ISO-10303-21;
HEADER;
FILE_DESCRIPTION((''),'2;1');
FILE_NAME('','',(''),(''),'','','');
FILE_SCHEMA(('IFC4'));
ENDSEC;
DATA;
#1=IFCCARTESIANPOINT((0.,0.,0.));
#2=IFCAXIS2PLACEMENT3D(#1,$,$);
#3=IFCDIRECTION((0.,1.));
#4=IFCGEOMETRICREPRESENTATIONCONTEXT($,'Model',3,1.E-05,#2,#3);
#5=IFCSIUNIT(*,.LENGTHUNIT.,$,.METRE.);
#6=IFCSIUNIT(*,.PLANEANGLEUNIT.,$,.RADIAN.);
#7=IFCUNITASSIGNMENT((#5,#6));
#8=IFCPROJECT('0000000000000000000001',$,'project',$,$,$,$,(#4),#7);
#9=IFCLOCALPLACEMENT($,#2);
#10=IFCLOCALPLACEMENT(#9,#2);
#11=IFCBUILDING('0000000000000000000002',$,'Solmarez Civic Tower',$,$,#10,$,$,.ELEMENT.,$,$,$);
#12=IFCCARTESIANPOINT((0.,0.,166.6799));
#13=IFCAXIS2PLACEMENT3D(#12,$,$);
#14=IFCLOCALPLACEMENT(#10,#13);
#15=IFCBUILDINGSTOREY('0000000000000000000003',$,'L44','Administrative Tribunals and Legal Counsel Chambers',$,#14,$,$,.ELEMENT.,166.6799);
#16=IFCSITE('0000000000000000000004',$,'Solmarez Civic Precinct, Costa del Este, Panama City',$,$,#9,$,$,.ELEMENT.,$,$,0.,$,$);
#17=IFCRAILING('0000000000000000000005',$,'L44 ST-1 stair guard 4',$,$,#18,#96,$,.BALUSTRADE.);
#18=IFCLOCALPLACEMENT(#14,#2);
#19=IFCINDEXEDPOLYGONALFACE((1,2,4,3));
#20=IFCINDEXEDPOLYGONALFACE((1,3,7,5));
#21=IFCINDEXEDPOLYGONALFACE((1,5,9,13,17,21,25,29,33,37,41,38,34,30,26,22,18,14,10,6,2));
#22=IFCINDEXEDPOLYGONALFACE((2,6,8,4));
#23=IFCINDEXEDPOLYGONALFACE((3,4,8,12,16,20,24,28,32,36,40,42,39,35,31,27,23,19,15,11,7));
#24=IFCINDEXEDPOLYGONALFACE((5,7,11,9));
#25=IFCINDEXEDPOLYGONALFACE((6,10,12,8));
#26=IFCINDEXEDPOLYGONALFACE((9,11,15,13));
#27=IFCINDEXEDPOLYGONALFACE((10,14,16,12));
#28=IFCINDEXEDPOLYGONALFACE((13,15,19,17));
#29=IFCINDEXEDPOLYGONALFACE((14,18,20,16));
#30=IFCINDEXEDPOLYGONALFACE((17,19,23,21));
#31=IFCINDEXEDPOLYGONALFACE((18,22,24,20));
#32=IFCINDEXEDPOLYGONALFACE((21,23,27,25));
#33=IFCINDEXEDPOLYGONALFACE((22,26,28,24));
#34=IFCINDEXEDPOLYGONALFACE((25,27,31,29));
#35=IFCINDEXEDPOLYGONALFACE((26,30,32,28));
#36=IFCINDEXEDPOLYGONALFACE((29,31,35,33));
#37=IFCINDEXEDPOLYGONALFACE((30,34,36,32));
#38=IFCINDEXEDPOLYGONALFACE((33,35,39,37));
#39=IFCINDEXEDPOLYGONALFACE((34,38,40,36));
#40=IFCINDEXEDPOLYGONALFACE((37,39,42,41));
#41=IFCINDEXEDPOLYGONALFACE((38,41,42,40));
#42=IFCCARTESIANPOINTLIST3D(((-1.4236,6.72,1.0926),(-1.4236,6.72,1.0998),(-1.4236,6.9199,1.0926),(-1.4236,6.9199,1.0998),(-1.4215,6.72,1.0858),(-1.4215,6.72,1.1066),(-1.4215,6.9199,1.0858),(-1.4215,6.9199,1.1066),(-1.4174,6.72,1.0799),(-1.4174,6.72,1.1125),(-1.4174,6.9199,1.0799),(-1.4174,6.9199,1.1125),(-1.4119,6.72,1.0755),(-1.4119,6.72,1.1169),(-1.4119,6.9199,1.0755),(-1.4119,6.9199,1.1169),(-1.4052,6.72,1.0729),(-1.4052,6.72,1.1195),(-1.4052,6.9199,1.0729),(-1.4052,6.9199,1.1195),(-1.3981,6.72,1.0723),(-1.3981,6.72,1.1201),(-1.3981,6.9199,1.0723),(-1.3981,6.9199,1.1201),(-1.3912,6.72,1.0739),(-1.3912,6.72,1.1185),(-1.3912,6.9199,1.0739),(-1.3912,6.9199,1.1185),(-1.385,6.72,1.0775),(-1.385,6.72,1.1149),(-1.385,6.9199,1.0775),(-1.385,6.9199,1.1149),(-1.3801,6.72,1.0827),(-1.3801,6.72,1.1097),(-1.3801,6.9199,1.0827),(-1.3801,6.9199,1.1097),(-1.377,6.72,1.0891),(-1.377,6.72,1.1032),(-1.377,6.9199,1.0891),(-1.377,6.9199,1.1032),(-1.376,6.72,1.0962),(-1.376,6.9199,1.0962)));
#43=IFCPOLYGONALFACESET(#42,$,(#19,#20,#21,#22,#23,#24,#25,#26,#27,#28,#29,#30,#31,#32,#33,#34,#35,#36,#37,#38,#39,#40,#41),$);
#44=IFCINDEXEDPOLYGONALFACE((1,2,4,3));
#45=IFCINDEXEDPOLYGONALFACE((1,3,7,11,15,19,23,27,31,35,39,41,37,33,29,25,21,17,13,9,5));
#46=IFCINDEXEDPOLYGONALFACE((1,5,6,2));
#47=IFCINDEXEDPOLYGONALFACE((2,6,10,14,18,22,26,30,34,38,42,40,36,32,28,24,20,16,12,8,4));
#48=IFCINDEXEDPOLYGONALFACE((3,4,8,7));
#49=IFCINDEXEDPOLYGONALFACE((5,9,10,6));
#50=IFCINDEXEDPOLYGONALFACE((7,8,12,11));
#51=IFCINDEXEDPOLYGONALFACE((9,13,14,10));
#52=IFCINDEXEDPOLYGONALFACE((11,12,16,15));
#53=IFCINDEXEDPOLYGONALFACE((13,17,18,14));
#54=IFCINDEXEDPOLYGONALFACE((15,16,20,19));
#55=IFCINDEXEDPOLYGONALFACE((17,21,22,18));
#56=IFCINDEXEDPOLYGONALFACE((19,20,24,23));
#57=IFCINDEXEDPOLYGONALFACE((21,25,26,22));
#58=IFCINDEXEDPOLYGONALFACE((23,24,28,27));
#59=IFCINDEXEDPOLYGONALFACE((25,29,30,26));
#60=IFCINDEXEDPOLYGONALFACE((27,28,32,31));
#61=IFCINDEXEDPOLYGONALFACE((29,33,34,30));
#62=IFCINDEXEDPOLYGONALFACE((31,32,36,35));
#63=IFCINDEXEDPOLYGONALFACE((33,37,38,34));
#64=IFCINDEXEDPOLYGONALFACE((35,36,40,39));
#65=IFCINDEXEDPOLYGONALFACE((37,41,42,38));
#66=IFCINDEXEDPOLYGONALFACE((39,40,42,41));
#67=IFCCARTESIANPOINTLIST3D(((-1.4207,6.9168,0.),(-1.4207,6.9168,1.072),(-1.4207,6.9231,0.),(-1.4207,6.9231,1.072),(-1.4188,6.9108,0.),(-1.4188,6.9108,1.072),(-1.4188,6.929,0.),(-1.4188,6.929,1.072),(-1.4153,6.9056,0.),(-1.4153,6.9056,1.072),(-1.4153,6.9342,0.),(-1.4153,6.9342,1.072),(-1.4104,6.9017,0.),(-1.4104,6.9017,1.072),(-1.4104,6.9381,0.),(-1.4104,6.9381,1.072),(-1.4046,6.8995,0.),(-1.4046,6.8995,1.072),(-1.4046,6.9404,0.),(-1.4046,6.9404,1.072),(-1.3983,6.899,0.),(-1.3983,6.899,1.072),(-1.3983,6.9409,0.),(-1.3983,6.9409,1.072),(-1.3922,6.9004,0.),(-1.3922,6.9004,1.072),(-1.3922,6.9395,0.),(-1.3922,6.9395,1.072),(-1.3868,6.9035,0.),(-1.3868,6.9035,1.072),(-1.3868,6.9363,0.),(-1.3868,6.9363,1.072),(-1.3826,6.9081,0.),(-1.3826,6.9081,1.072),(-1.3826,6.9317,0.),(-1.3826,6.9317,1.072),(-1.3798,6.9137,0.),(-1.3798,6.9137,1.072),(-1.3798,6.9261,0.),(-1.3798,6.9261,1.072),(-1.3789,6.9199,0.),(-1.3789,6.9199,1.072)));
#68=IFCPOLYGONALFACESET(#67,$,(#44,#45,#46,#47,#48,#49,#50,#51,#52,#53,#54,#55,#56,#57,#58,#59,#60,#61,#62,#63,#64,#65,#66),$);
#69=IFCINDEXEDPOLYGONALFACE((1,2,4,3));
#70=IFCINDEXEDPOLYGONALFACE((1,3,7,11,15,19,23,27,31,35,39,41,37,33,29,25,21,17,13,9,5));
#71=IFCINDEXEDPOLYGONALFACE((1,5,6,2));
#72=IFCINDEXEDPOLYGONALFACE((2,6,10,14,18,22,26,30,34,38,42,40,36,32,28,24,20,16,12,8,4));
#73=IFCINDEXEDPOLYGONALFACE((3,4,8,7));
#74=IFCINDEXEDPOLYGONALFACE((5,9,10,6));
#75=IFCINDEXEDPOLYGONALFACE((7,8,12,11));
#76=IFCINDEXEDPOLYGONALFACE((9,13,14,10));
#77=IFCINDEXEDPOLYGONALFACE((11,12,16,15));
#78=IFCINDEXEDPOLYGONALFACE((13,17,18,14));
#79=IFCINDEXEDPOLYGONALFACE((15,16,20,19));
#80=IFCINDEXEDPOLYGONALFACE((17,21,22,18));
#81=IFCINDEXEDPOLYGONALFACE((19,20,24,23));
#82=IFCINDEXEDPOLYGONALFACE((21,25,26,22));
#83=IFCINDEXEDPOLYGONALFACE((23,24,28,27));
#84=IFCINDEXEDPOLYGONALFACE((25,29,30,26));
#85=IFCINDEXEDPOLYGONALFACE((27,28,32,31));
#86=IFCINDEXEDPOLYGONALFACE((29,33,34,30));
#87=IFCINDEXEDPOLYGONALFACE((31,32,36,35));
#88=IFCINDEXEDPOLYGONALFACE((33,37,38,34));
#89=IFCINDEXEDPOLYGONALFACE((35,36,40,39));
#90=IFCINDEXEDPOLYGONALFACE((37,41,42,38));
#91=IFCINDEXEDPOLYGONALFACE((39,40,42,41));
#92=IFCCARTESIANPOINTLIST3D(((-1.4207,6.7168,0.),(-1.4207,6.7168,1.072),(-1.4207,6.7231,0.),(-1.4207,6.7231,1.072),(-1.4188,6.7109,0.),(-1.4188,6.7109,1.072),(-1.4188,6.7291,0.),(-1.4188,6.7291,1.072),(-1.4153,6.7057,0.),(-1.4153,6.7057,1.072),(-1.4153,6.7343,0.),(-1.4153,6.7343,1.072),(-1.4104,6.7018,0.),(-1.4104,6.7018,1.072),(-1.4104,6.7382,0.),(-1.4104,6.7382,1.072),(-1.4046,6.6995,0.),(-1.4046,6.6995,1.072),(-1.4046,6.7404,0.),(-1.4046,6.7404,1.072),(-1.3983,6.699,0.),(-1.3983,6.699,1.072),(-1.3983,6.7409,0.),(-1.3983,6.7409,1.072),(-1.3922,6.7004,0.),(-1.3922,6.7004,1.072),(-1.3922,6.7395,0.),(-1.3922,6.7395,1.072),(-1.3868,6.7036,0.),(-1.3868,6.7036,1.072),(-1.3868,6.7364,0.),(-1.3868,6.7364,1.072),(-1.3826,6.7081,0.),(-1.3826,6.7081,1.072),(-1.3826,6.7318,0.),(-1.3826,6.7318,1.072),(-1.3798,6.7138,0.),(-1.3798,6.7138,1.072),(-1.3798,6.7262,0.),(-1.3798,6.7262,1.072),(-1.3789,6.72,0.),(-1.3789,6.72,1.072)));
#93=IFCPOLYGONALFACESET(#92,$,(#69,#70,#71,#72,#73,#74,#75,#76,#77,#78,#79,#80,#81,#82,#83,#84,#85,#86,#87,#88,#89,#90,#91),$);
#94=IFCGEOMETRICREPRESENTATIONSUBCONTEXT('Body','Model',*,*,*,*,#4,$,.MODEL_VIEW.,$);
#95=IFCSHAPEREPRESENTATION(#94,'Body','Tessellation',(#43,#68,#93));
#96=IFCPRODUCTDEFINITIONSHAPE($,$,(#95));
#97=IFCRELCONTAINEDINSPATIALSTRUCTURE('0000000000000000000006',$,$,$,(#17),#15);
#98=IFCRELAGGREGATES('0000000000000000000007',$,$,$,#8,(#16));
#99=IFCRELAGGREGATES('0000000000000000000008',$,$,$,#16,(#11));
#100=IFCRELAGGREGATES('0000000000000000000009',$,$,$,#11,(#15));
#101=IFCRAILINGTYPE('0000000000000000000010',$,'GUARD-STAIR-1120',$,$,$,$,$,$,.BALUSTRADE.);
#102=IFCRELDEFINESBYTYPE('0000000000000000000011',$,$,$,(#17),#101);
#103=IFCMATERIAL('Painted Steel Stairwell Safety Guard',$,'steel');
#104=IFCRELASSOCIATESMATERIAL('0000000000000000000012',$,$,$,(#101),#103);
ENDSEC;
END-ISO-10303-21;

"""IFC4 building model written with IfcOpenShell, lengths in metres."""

from ifc_helpers import new_model, si_unit, direction, frame, origin, origin_2d, place, context, subcontext, project, spatial, circle, extrude, material, type_object, element, save


model = new_model("IFC4")

# Units and contexts
model_context = context("Model", 3, precision=1e-05, world=origin(), true_north=direction((0.0, 1.0)))
body_context = subcontext(model_context, "Body", "Model", "MODEL_VIEW")
ifc_project = project(units=[si_unit("LENGTHUNIT", "METRE"), si_unit("PLANEANGLEUNIT", "RADIAN")], contexts=[model_context])

# Site, building, storey
site_placement = place(None, origin())
site = spatial("IfcSite", under=ifc_project, at=site_placement, Name="Solmarez Civic Precinct, Costa del Este, Panama City", CompositionType="ELEMENT", RefElevation=0.0)
building_placement = place(site_placement, origin())
building = spatial("IfcBuilding", under=site, at=building_placement, Name="Solmarez Civic Tower", CompositionType="ELEMENT")
storey_placement = place(building_placement, frame((0.0, 0.0, 166.6799)))
storey = spatial("IfcBuildingStorey", under=building, at=storey_placement, Name="L44", Description="Administrative Tribunals and Legal Counsel Chambers", CompositionType="ELEMENT", Elevation=166.6799)

# Railing
ifc_material_1 = material(Name="Painted Steel Stairwell Safety Guard", Category="steel")
railing_type_1 = type_object("IfcRailingType", Name="GUARD-STAIR-1120", PredefinedType="BALUSTRADE", material=ifc_material_1)
railing_1_placement = place(storey_placement, frame((-1.3999, 6.9199, 0.0)))
element("IfcRailing", 1, at=railing_1_placement, inside=storey, type_object=railing_type_1, Name="L44 ST-1 stair guard 4", PredefinedType="BALUSTRADE", context=body_context, shape_type="SweptSolid", body=[
    extrude(circle(Radius=0.0239, at=origin_2d()), frame((0.0, 0.0, 1.0962), z_axis=(0.0, -1.0, 0.0), x_axis=(1.0, 0.0, 0.0)), (0.0, 0.0, 1.0), 0.2),
    extrude(circle(Radius=0.021, at=origin_2d()), origin(), (0.0, 0.0, 1.0), 1.072),
    extrude(circle(Radius=0.021, at=origin_2d()), frame((0.0, -0.2, 0.0)), (0.0, 0.0, 1.0), 1.072),
])

save(model, "model.ifc")
